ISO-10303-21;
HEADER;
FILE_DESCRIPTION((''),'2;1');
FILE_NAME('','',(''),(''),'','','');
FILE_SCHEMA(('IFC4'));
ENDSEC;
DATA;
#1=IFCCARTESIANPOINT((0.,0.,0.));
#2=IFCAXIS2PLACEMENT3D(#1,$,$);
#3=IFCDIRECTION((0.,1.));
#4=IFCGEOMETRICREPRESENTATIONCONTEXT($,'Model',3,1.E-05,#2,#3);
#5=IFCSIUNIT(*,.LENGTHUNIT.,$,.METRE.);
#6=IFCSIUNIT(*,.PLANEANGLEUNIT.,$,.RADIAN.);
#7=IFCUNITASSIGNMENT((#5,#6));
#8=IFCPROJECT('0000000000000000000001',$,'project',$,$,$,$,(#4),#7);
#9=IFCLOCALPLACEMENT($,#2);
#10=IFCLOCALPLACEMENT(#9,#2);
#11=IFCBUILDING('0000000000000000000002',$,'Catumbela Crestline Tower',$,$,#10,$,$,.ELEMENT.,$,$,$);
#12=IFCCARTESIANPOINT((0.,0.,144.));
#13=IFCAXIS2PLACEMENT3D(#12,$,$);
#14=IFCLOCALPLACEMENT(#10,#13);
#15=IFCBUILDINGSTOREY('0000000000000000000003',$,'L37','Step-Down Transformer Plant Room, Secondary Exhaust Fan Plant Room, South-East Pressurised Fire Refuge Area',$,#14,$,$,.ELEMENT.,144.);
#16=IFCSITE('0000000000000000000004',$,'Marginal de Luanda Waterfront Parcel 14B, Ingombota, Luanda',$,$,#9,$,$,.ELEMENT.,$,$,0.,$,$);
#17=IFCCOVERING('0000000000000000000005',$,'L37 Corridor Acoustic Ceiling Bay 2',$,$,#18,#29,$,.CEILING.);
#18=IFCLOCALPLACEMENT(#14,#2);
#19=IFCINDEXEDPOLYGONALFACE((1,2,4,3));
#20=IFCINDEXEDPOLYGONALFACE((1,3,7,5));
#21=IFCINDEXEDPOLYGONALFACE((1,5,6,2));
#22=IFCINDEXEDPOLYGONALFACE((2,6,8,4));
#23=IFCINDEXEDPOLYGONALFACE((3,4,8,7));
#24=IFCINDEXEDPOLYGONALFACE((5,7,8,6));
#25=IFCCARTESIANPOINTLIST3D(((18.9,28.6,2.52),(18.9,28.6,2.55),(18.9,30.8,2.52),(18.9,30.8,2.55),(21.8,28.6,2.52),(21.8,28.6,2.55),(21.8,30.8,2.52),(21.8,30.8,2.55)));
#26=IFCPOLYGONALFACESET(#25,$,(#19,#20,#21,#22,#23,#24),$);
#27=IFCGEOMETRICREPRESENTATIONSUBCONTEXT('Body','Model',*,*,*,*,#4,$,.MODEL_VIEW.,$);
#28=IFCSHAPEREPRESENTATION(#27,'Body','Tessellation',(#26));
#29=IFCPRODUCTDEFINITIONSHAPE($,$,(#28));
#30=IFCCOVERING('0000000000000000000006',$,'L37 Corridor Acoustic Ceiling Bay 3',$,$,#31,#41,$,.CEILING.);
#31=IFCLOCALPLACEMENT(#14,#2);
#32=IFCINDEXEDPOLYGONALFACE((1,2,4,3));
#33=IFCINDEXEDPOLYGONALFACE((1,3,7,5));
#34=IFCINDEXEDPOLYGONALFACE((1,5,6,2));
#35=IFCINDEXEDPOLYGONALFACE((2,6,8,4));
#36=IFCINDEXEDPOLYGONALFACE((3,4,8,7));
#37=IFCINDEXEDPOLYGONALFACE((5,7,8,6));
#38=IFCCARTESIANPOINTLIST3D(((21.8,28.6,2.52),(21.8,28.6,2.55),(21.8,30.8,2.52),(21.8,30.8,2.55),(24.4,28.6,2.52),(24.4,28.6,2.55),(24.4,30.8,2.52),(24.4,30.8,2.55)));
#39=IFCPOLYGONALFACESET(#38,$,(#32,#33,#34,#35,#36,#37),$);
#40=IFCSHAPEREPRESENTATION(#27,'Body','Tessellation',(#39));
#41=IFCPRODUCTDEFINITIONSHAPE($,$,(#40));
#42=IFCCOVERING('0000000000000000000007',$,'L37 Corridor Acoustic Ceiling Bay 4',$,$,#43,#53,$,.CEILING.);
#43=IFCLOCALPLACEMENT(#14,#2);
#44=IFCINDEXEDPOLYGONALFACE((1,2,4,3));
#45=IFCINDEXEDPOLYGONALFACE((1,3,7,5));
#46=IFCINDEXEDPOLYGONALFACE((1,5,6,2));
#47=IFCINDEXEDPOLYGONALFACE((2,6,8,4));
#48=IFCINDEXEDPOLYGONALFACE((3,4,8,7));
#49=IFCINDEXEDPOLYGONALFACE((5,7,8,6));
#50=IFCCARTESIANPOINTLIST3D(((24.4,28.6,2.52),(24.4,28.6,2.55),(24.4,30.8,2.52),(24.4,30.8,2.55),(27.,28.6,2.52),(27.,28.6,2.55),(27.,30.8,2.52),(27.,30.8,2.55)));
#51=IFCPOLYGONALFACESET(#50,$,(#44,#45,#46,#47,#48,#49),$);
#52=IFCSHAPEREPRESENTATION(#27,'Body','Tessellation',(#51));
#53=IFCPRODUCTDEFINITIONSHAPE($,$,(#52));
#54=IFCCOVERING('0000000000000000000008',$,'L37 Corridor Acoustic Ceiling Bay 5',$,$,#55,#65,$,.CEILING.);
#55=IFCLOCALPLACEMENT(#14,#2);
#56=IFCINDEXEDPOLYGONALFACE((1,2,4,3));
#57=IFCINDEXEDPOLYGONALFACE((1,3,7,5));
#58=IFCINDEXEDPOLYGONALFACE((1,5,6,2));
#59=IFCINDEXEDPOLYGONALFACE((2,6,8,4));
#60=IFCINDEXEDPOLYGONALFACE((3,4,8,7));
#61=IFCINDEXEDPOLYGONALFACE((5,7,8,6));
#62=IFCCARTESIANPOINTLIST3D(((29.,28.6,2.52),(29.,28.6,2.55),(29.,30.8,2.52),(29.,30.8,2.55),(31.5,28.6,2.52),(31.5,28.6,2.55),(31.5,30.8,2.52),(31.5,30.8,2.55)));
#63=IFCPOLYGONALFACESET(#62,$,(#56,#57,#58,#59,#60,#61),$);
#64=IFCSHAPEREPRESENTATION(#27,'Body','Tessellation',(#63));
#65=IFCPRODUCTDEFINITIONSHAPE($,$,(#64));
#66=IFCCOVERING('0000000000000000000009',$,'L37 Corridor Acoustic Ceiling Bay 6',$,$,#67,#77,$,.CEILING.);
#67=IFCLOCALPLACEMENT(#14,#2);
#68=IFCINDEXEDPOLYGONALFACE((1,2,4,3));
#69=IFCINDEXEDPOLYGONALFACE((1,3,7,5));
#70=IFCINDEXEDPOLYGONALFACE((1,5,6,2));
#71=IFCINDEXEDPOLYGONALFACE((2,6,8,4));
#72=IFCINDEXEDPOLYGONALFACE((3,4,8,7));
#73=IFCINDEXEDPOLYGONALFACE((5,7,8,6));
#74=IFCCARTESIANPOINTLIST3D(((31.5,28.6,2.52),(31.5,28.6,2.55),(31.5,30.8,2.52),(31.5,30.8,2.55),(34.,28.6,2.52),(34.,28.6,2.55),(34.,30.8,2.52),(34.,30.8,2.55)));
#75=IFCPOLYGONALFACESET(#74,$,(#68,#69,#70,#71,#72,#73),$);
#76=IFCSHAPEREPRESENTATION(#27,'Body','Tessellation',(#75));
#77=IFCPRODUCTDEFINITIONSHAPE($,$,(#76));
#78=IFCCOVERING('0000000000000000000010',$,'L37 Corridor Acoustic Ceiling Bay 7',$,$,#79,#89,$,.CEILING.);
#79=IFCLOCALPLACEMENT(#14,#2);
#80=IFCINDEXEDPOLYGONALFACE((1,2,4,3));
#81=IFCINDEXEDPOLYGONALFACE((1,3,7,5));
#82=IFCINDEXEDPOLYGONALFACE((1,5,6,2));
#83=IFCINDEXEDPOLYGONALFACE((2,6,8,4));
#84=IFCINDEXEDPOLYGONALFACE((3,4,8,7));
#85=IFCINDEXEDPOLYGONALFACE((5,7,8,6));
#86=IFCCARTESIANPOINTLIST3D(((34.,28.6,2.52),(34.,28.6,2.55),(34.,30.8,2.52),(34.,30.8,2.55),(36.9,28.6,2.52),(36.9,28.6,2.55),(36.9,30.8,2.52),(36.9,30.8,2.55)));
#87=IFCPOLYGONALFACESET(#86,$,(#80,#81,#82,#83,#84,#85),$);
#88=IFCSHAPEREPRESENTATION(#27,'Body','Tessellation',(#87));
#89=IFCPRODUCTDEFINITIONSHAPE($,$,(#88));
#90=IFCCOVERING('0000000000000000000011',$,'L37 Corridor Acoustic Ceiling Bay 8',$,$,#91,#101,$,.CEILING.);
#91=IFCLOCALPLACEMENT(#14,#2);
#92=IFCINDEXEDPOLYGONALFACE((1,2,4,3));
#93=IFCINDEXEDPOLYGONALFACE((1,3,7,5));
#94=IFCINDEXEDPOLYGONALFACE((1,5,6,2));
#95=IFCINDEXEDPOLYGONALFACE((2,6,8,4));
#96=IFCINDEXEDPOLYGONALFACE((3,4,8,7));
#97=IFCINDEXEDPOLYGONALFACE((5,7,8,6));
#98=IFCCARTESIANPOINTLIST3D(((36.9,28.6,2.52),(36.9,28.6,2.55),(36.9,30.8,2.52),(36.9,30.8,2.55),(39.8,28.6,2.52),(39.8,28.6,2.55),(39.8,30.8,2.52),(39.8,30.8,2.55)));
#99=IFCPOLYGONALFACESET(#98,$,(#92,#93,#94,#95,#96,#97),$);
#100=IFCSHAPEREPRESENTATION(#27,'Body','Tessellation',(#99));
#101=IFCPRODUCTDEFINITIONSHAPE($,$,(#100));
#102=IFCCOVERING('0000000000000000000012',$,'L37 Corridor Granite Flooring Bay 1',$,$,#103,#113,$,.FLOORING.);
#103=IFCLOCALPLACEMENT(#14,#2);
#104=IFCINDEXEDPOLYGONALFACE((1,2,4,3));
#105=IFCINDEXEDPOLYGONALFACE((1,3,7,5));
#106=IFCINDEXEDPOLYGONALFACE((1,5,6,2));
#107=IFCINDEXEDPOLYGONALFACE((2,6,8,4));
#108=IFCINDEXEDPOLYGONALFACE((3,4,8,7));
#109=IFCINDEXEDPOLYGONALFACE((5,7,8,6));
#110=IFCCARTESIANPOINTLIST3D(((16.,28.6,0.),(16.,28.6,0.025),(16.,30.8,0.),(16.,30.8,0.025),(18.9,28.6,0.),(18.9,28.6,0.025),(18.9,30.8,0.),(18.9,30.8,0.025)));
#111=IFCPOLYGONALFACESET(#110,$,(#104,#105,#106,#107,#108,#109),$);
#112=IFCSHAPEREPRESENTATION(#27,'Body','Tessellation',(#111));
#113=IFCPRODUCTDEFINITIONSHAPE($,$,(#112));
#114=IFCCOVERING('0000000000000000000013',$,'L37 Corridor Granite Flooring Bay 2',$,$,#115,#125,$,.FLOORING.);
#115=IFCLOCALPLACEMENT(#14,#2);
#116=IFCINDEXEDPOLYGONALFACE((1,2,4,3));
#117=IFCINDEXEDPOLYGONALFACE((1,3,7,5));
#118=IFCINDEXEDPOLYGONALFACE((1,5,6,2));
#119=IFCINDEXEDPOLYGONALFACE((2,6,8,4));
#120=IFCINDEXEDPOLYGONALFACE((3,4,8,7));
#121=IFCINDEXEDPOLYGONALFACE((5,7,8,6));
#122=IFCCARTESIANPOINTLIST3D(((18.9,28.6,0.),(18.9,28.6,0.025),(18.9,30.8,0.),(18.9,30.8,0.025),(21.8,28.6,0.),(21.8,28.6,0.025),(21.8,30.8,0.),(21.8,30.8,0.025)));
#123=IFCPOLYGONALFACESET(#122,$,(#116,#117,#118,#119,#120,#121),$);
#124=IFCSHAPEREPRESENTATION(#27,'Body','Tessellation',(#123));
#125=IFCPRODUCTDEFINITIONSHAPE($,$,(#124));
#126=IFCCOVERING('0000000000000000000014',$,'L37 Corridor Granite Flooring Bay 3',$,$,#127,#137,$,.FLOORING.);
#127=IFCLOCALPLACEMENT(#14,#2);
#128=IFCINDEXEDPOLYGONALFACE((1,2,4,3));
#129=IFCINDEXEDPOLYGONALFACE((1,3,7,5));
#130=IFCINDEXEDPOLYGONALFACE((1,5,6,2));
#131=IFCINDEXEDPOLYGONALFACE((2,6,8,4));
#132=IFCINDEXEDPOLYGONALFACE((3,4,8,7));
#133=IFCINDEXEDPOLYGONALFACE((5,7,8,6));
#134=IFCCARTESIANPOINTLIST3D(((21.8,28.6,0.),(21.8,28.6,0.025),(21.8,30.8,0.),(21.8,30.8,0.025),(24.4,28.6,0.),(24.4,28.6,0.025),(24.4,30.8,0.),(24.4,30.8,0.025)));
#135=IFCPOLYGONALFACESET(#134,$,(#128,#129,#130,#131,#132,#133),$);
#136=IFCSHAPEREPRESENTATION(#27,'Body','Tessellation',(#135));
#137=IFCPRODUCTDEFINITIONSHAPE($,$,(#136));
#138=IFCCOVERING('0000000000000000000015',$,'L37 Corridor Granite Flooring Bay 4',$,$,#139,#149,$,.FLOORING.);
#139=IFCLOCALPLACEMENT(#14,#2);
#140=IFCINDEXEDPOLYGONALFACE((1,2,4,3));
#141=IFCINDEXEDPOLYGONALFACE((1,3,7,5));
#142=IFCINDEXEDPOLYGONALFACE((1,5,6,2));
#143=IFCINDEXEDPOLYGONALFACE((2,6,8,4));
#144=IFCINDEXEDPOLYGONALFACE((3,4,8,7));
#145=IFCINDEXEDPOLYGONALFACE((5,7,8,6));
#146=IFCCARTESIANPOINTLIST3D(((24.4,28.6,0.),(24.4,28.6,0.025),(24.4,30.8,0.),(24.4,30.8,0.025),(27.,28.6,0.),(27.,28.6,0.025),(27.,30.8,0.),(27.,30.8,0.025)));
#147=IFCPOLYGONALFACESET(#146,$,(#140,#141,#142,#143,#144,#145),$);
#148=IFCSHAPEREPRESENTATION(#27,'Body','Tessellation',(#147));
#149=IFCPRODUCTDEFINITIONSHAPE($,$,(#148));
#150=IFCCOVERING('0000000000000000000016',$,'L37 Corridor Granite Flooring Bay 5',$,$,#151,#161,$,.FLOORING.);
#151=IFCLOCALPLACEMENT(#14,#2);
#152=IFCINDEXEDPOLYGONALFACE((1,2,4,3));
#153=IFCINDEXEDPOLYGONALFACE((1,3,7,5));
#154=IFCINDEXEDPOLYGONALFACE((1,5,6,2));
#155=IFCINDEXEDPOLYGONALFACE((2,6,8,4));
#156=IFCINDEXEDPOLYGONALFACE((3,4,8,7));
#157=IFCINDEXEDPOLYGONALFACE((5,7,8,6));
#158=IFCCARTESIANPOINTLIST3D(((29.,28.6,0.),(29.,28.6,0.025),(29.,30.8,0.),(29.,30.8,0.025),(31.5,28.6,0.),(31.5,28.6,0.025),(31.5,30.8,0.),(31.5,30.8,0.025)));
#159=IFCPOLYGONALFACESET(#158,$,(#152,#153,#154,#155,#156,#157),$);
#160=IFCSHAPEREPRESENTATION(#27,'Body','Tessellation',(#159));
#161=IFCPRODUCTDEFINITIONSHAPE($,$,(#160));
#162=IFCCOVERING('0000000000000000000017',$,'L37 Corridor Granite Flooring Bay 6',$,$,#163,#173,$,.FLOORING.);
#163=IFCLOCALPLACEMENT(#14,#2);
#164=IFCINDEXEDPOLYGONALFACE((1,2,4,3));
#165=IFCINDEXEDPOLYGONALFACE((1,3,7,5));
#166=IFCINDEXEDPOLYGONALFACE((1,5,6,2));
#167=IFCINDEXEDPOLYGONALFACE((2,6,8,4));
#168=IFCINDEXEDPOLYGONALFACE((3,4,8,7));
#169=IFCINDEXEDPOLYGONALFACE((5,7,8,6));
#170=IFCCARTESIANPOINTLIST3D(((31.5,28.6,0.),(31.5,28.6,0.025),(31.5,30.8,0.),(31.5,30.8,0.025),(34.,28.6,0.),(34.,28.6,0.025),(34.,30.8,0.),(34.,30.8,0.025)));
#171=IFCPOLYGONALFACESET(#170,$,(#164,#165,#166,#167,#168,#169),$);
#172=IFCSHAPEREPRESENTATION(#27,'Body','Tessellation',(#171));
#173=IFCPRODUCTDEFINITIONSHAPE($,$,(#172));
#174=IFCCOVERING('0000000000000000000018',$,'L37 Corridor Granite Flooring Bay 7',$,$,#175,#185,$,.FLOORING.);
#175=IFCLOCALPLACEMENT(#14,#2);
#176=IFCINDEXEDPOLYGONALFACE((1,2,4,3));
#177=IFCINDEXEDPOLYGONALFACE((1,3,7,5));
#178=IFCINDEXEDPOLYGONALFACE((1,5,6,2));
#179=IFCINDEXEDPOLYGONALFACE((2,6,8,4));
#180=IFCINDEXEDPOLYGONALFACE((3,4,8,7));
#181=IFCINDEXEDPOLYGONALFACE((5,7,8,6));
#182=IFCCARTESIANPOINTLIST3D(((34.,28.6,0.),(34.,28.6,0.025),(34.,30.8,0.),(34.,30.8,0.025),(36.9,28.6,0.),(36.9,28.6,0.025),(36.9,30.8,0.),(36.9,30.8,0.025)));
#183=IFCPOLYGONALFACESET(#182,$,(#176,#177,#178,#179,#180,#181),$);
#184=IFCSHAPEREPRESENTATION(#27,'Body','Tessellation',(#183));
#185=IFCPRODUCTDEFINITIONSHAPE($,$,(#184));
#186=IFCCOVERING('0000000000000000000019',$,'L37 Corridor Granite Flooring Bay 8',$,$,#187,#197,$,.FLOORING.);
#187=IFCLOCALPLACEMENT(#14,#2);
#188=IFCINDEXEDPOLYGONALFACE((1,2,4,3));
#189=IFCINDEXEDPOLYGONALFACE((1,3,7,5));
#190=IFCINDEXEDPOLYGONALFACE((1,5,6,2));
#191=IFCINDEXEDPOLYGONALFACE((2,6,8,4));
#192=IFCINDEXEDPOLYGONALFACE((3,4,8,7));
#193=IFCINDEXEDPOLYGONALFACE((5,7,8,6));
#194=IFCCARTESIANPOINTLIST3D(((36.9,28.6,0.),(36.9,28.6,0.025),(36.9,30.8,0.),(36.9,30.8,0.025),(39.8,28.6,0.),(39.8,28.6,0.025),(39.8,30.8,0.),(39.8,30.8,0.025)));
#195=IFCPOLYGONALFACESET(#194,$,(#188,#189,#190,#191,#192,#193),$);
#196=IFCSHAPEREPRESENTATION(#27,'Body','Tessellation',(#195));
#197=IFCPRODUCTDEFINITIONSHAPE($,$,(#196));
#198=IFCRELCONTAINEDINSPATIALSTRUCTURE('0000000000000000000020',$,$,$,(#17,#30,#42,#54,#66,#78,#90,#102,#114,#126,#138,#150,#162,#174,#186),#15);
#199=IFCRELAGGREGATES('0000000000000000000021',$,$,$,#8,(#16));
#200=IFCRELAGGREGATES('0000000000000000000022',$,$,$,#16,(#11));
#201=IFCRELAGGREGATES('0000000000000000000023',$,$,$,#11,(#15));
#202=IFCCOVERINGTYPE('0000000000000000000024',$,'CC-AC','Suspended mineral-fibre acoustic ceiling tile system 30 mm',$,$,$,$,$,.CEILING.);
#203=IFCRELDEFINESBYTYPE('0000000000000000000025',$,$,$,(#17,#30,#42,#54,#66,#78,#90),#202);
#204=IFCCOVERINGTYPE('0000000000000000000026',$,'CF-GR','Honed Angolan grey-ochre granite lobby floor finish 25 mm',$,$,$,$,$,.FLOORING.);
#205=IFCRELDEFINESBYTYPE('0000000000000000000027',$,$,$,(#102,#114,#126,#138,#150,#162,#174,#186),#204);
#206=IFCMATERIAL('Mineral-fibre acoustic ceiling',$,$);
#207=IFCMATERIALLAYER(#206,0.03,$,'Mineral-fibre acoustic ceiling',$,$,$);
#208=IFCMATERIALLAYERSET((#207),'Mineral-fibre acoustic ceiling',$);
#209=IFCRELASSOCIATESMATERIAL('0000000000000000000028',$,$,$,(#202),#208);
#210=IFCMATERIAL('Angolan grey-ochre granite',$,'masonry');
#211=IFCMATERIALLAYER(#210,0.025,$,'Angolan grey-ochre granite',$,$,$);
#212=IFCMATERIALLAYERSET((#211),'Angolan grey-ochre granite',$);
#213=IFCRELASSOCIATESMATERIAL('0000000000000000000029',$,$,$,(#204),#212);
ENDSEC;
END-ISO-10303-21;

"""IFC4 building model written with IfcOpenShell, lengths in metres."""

from ifc_helpers import new_model, si_unit, direction, frame, origin, place, context, subcontext, project, spatial, polyline, outline, extrude, material, layer, layer_set, type_object, element, save


model = new_model("IFC4")

# Units and contexts
model_context = context("Model", 3, precision=1e-05, world=origin(), true_north=direction((0.0, 1.0)))
body_context = subcontext(model_context, "Body", "Model", "MODEL_VIEW")
ifc_project = project(units=[si_unit("LENGTHUNIT", "METRE"), si_unit("PLANEANGLEUNIT", "RADIAN")], contexts=[model_context])

# Site, building, storey
site_placement = place(None, origin())
site = spatial("IfcSite", under=ifc_project, at=site_placement, Name="Marginal de Luanda Waterfront Parcel 14B, Ingombota, Luanda", CompositionType="ELEMENT", RefElevation=0.0)
building_placement = place(site_placement, origin())
building = spatial("IfcBuilding", under=site, at=building_placement, Name="Catumbela Crestline Tower", CompositionType="ELEMENT")
storey_placement = place(building_placement, frame((0.0, 0.0, 144.0)))
storey = spatial("IfcBuildingStorey", under=building, at=storey_placement, Name="L37", Description="Step-Down Transformer Plant Room, Secondary Exhaust Fan Plant Room, South-East Pressurised Fire Refuge Area", CompositionType="ELEMENT", Elevation=144.0)

# Shared definitions
ifc_material_1 = material(Name="Angolan grey-ochre granite", Category="masonry")

# Coverings
ifc_material_2 = material(Name="Mineral-fibre acoustic ceiling")
ifc_layer_1 = layer(ifc_material_2, 0.03, Name="Mineral-fibre acoustic ceiling")
ifc_layer_set_1 = layer_set([ifc_layer_1], Name="Mineral-fibre acoustic ceiling")
covering_type_1 = type_object("IfcCoveringType", Name="CC-AC", Description="Suspended mineral-fibre acoustic ceiling tile system 30 mm", PredefinedType="CEILING", material=ifc_layer_set_1)
covering_1_placement = place(storey_placement, frame((0.0, 0.0, 2.52)))
element("IfcCovering", 1, at=covering_1_placement, inside=storey, type_object=covering_type_1, Name="L37 Corridor Acoustic Ceiling Bay 2", PredefinedType="CEILING", context=body_context, shape_type="SweptSolid", body=[
    extrude(outline(polyline([(18.9, 28.6), (21.8, 28.6), (21.8, 30.8), (18.9, 30.8), (18.9, 28.6)])), origin(), (0.0, 0.0, 1.0), 0.03),
])
covering_2_placement = place(storey_placement, frame((0.0, 0.0, 2.52)))
element("IfcCovering", 2, at=covering_2_placement, inside=storey, type_object=covering_type_1, Name="L37 Corridor Acoustic Ceiling Bay 3", PredefinedType="CEILING", context=body_context, shape_type="SweptSolid", body=[
    extrude(outline(polyline([(21.8, 28.6), (24.4, 28.6), (24.4, 30.8), (21.8, 30.8), (21.8, 28.6)])), origin(), (0.0, 0.0, 1.0), 0.03),
])
covering_3_placement = place(storey_placement, frame((0.0, 0.0, 2.52)))
element("IfcCovering", 3, at=covering_3_placement, inside=storey, type_object=covering_type_1, Name="L37 Corridor Acoustic Ceiling Bay 4", PredefinedType="CEILING", context=body_context, shape_type="SweptSolid", body=[
    extrude(outline(polyline([(24.4, 28.6), (27.0, 28.6), (27.0, 30.8), (24.4, 30.8), (24.4, 28.6)])), origin(), (0.0, 0.0, 1.0), 0.03),
])
covering_4_placement = place(storey_placement, frame((0.0, 0.0, 2.52)))
element("IfcCovering", 4, at=covering_4_placement, inside=storey, type_object=covering_type_1, Name="L37 Corridor Acoustic Ceiling Bay 5", PredefinedType="CEILING", context=body_context, shape_type="SweptSolid", body=[
    extrude(outline(polyline([(29.0, 28.6), (31.5, 28.6), (31.5, 30.8), (29.0, 30.8), (29.0, 28.6)])), origin(), (0.0, 0.0, 1.0), 0.03),
])
covering_5_placement = place(storey_placement, frame((0.0, 0.0, 2.52)))
element("IfcCovering", 5, at=covering_5_placement, inside=storey, type_object=covering_type_1, Name="L37 Corridor Acoustic Ceiling Bay 6", PredefinedType="CEILING", context=body_context, shape_type="SweptSolid", body=[
    extrude(outline(polyline([(31.5, 28.6), (34.0, 28.6), (34.0, 30.8), (31.5, 30.8), (31.5, 28.6)])), origin(), (0.0, 0.0, 1.0), 0.03),
])
covering_6_placement = place(storey_placement, frame((0.0, 0.0, 2.52)))
element("IfcCovering", 6, at=covering_6_placement, inside=storey, type_object=covering_type_1, Name="L37 Corridor Acoustic Ceiling Bay 7", PredefinedType="CEILING", context=body_context, shape_type="SweptSolid", body=[
    extrude(outline(polyline([(34.0, 28.6), (36.9, 28.6), (36.9, 30.8), (34.0, 30.8), (34.0, 28.6)])), origin(), (0.0, 0.0, 1.0), 0.03),
])
covering_7_placement = place(storey_placement, frame((0.0, 0.0, 2.52)))
element("IfcCovering", 7, at=covering_7_placement, inside=storey, type_object=covering_type_1, Name="L37 Corridor Acoustic Ceiling Bay 8", PredefinedType="CEILING", context=body_context, shape_type="SweptSolid", body=[
    extrude(outline(polyline([(36.9, 28.6), (39.8, 28.6), (39.8, 30.8), (36.9, 30.8), (36.9, 28.6)])), origin(), (0.0, 0.0, 1.0), 0.03),
])
ifc_layer_2 = layer(ifc_material_1, 0.025, Name="Angolan grey-ochre granite")
ifc_layer_set_2 = layer_set([ifc_layer_2], Name="Angolan grey-ochre granite")
covering_type_2 = type_object("IfcCoveringType", Name="CF-GR", Description="Honed Angolan grey-ochre granite lobby floor finish 25 mm", PredefinedType="FLOORING", material=ifc_layer_set_2)
covering_8_placement = place(storey_placement, origin())
element("IfcCovering", 8, at=covering_8_placement, inside=storey, type_object=covering_type_2, Name="L37 Corridor Granite Flooring Bay 1", PredefinedType="FLOORING", context=body_context, shape_type="SweptSolid", body=[
    extrude(outline(polyline([(16.0, 28.6), (18.9, 28.6), (18.9, 30.8), (16.0, 30.8), (16.0, 28.6)])), origin(), (0.0, 0.0, 1.0), 0.025),
])
covering_9_placement = place(storey_placement, origin())
element("IfcCovering", 9, at=covering_9_placement, inside=storey, type_object=covering_type_2, Name="L37 Corridor Granite Flooring Bay 2", PredefinedType="FLOORING", context=body_context, shape_type="SweptSolid", body=[
    extrude(outline(polyline([(18.9, 28.6), (21.8, 28.6), (21.8, 30.8), (18.9, 30.8), (18.9, 28.6)])), origin(), (0.0, 0.0, 1.0), 0.025),
])
covering_10_placement = place(storey_placement, origin())
element("IfcCovering", 10, at=covering_10_placement, inside=storey, type_object=covering_type_2, Name="L37 Corridor Granite Flooring Bay 3", PredefinedType="FLOORING", context=body_context, shape_type="SweptSolid", body=[
    extrude(outline(polyline([(21.8, 28.6), (24.4, 28.6), (24.4, 30.8), (21.8, 30.8), (21.8, 28.6)])), origin(), (0.0, 0.0, 1.0), 0.025),
])
covering_11_placement = place(storey_placement, origin())
element("IfcCovering", 11, at=covering_11_placement, inside=storey, type_object=covering_type_2, Name="L37 Corridor Granite Flooring Bay 4", PredefinedType="FLOORING", context=body_context, shape_type="SweptSolid", body=[
    extrude(outline(polyline([(24.4, 28.6), (27.0, 28.6), (27.0, 30.8), (24.4, 30.8), (24.4, 28.6)])), origin(), (0.0, 0.0, 1.0), 0.025),
])
covering_12_placement = place(storey_placement, origin())
element("IfcCovering", 12, at=covering_12_placement, inside=storey, type_object=covering_type_2, Name="L37 Corridor Granite Flooring Bay 5", PredefinedType="FLOORING", context=body_context, shape_type="SweptSolid", body=[
    extrude(outline(polyline([(29.0, 28.6), (31.5, 28.6), (31.5, 30.8), (29.0, 30.8), (29.0, 28.6)])), origin(), (0.0, 0.0, 1.0), 0.025),
])
covering_13_placement = place(storey_placement, origin())
element("IfcCovering", 13, at=covering_13_placement, inside=storey, type_object=covering_type_2, Name="L37 Corridor Granite Flooring Bay 6", PredefinedType="FLOORING", context=body_context, shape_type="SweptSolid", body=[
    extrude(outline(polyline([(31.5, 28.6), (34.0, 28.6), (34.0, 30.8), (31.5, 30.8), (31.5, 28.6)])), origin(), (0.0, 0.0, 1.0), 0.025),
])
covering_14_placement = place(storey_placement, origin())
element("IfcCovering", 14, at=covering_14_placement, inside=storey, type_object=covering_type_2, Name="L37 Corridor Granite Flooring Bay 7", PredefinedType="FLOORING", context=body_context, shape_type="SweptSolid", body=[
    extrude(outline(polyline([(34.0, 28.6), (36.9, 28.6), (36.9, 30.8), (34.0, 30.8), (34.0, 28.6)])), origin(), (0.0, 0.0, 1.0), 0.025),
])
covering_15_placement = place(storey_placement, origin())
element("IfcCovering", 15, at=covering_15_placement, inside=storey, type_object=covering_type_2, Name="L37 Corridor Granite Flooring Bay 8", PredefinedType="FLOORING", context=body_context, shape_type="SweptSolid", body=[
    extrude(outline(polyline([(36.9, 28.6), (39.8, 28.6), (39.8, 30.8), (36.9, 30.8), (36.9, 28.6)])), origin(), (0.0, 0.0, 1.0), 0.025),
])

save(model, "model.ifc")
